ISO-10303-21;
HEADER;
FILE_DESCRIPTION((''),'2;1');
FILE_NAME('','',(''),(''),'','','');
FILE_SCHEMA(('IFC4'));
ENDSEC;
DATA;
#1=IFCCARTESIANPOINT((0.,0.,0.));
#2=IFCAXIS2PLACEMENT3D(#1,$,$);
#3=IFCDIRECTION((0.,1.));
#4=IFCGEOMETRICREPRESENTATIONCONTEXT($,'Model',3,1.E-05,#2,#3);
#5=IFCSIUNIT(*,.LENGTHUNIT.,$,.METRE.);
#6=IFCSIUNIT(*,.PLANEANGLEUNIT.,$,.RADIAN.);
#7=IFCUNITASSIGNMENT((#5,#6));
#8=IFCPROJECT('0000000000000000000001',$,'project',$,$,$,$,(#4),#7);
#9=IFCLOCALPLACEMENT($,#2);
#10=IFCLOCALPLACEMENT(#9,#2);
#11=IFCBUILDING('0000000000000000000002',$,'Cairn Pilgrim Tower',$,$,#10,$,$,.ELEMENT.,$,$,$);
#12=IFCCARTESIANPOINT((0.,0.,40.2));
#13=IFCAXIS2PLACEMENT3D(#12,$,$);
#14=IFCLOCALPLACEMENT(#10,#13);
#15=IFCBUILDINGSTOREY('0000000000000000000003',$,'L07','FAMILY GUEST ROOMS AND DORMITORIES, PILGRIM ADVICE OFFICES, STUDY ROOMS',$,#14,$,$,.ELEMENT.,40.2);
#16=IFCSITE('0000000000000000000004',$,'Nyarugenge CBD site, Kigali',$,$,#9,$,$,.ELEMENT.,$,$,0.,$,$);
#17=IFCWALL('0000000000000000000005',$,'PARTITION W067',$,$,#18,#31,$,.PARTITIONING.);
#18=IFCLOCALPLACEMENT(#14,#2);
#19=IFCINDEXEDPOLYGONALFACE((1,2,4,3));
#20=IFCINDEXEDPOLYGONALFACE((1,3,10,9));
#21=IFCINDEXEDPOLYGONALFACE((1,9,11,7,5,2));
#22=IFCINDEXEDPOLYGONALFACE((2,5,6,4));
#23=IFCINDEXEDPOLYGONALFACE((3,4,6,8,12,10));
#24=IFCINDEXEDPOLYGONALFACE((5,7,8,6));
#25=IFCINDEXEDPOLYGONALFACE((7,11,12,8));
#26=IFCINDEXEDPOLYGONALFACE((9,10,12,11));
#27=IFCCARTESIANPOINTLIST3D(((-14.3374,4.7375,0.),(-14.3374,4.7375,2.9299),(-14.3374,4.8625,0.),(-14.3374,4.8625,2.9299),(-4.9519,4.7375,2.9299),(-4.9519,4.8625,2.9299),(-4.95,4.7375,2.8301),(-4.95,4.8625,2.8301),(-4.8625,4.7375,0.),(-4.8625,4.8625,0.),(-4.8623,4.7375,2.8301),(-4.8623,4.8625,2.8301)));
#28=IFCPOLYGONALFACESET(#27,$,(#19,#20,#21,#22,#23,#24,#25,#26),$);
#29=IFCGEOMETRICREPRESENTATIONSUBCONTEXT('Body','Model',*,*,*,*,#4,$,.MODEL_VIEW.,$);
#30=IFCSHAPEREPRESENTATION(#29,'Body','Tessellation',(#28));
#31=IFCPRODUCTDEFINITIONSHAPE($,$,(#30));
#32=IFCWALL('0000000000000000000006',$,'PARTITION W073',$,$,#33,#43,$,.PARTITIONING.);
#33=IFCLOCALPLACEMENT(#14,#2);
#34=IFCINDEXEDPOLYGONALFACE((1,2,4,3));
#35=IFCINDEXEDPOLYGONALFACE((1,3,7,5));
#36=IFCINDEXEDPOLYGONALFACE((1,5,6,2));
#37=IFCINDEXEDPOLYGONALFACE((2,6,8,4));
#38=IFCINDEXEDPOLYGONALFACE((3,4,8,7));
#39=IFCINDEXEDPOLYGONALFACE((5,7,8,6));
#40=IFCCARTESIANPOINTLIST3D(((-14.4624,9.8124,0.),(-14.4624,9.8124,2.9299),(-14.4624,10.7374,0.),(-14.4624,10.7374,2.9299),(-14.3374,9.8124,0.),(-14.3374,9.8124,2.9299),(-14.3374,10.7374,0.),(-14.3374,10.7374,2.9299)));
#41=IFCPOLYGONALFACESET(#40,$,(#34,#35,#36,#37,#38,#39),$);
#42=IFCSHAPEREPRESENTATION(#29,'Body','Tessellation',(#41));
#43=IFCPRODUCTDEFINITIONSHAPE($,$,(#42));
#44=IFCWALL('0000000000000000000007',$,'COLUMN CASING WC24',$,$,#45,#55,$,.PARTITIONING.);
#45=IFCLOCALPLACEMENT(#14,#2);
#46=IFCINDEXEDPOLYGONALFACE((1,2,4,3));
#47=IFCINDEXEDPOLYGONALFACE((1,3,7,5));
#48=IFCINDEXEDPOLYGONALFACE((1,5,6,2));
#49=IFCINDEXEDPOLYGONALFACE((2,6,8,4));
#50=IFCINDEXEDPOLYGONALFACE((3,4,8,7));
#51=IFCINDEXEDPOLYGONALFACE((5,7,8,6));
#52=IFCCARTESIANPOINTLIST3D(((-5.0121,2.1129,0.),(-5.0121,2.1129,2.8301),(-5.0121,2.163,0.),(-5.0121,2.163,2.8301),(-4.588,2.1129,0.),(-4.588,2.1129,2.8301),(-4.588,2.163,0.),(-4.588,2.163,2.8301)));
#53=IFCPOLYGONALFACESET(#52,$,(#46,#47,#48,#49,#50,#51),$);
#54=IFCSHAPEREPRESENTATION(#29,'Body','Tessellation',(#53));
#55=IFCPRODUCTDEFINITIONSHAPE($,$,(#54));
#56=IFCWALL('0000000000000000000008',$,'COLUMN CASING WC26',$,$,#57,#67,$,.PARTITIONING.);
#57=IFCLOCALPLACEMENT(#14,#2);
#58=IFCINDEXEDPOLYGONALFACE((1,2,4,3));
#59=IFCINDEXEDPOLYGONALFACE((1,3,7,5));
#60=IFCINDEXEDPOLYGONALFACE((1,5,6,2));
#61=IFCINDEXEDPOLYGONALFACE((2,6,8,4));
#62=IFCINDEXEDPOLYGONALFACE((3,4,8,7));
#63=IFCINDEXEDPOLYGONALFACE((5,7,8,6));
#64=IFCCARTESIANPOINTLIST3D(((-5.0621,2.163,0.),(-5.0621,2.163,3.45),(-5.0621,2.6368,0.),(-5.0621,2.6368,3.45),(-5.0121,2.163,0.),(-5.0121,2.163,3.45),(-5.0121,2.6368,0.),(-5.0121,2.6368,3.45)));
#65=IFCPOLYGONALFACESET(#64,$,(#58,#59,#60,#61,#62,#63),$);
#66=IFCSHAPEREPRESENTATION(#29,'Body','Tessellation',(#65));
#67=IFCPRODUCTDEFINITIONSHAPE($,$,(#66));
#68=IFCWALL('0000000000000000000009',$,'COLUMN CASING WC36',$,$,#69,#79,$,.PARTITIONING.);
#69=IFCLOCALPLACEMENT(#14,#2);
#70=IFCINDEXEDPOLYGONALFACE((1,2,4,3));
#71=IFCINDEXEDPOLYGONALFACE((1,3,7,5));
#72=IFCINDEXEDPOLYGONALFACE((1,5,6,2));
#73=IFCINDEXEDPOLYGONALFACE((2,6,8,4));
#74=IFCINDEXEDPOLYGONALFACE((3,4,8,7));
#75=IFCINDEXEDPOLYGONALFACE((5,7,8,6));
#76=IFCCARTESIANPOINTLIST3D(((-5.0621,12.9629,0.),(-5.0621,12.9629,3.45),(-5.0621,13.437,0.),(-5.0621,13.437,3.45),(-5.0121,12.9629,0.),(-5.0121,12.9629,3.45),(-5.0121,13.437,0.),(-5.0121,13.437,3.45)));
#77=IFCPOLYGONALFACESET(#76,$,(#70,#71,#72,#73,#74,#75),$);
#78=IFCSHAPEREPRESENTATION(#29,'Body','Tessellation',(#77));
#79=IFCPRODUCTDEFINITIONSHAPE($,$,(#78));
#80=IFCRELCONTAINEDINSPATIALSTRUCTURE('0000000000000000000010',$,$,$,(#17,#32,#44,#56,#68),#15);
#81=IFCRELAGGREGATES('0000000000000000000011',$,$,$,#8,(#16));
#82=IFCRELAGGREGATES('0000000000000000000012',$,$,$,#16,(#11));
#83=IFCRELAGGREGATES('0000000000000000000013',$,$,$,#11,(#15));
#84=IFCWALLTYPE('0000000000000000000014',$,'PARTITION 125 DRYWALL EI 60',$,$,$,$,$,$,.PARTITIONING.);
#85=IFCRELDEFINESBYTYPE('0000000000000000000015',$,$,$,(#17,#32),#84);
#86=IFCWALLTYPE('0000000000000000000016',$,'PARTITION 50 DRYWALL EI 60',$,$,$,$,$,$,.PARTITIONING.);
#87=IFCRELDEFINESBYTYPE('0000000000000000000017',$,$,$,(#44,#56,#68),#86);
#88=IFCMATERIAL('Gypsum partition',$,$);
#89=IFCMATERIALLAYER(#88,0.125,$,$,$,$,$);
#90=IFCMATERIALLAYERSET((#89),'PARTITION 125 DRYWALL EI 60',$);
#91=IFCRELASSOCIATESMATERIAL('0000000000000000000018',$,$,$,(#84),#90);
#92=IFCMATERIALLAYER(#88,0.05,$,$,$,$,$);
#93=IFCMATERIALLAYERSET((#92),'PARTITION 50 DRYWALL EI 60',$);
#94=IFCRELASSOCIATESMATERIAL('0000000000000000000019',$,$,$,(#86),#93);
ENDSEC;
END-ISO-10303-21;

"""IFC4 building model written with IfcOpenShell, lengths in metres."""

from ifc_helpers import new_model, si_unit, direction, frame, frame_2d, origin, place, context, subcontext, project, spatial, polyline, rectangle, outline, extrude, material, layer, layer_set, type_object, element, save


model = new_model("IFC4")

# Units and contexts
model_context = context("Model", 3, precision=1e-05, world=origin(), true_north=direction((0.0, 1.0)))
body_context = subcontext(model_context, "Body", "Model", "MODEL_VIEW")
ifc_project = project(units=[si_unit("LENGTHUNIT", "METRE"), si_unit("PLANEANGLEUNIT", "RADIAN")], contexts=[model_context])

# Site, building, storey
site_placement = place(None, origin())
site = spatial("IfcSite", under=ifc_project, at=site_placement, Name="Nyarugenge CBD site, Kigali", CompositionType="ELEMENT", RefElevation=0.0)
building_placement = place(site_placement, origin())
building = spatial("IfcBuilding", under=site, at=building_placement, Name="Cairn Pilgrim Tower", CompositionType="ELEMENT")
storey_placement = place(building_placement, frame((0.0, 0.0, 40.2)))
storey = spatial("IfcBuildingStorey", under=building, at=storey_placement, Name="L07", Description="FAMILY GUEST ROOMS AND DORMITORIES, PILGRIM ADVICE OFFICES, STUDY ROOMS", CompositionType="ELEMENT", Elevation=40.2)

# Shared definitions
ifc_material_1 = material(Name="Gypsum partition")
ifc_layer_1 = layer(ifc_material_1, 0.125)
ifc_layer_set_1 = layer_set([ifc_layer_1], Name="PARTITION 125 DRYWALL EI 60")
wall_type_1 = type_object("IfcWallType", Name="PARTITION 125 DRYWALL EI 60", PredefinedType="PARTITIONING", material=ifc_layer_set_1)

# Walls
wall_1_placement = place(storey_placement, frame((-14.3374, 4.8, 0.0), z_axis=(0.0, 0.0, 1.0), x_axis=(1.0, 0.0, 0.0)))
element("IfcWall", 1, at=wall_1_placement, inside=storey, type_object=wall_type_1, Name="PARTITION W067", PredefinedType="PARTITIONING", context=body_context, shape_type="SweptSolid", body=[
    extrude(outline(polyline([(0.0, 0.0), (9.4749, 0.0), (9.4751, 2.8301), (9.3875, 2.8301), (9.3855, 2.9299), (0.0, 2.9299), (0.0, 0.0)])), frame((0.0, 0.0625, 0.0), z_axis=(0.0, -1.0, 0.0), x_axis=(1.0, 0.0, 0.0)), (0.0, 0.0, 1.0), 0.125),
])
wall_2_placement = place(storey_placement, frame((-14.3999, 9.8125, 0.0), z_axis=(0.0, 0.0, 1.0), x_axis=(0.0, 1.0, 0.0)))
element("IfcWall", 2, at=wall_2_placement, inside=storey, type_object=wall_type_1, Name="PARTITION W073", PredefinedType="PARTITIONING", context=body_context, shape_type="SweptSolid", body=[
    extrude(rectangle(XDim=0.925, YDim=0.125, at=frame_2d((0.4624, 0.0))), origin(), (0.0, 0.0, 1.0), 2.9299),
])
ifc_layer_2 = layer(ifc_material_1, 0.05)
ifc_layer_set_2 = layer_set([ifc_layer_2], Name="PARTITION 50 DRYWALL EI 60")
wall_type_2 = type_object("IfcWallType", Name="PARTITION 50 DRYWALL EI 60", PredefinedType="PARTITIONING", material=ifc_layer_set_2)
wall_3_placement = place(storey_placement, frame((-5.012, 2.1379, 0.0), z_axis=(0.0, 0.0, 1.0), x_axis=(1.0, 0.0, 0.0)))
element("IfcWall", 3, at=wall_3_placement, inside=storey, type_object=wall_type_2, Name="COLUMN CASING WC24", PredefinedType="PARTITIONING", context=body_context, shape_type="SweptSolid", body=[
    extrude(rectangle(XDim=0.4241, YDim=0.05, at=frame_2d((0.2119, 0.0))), origin(), (0.0, 0.0, 1.0), 2.8301),
])
wall_4_placement = place(storey_placement, frame((-5.0371, 2.1631, 0.0), z_axis=(0.0, 0.0, 1.0), x_axis=(0.0, 1.0, 0.0)))
element("IfcWall", 4, at=wall_4_placement, inside=storey, type_object=wall_type_2, Name="COLUMN CASING WC26", PredefinedType="PARTITIONING", context=body_context, shape_type="SweptSolid", body=[
    extrude(rectangle(XDim=0.4739, YDim=0.05, at=frame_2d((0.2368, 0.0))), origin(), (0.0, 0.0, 1.0), 3.45),
])
wall_5_placement = place(storey_placement, frame((-5.0371, 12.9629, 0.0), z_axis=(0.0, 0.0, 1.0), x_axis=(0.0, 1.0, 0.0)))
element("IfcWall", 5, at=wall_5_placement, inside=storey, type_object=wall_type_2, Name="COLUMN CASING WC36", PredefinedType="PARTITIONING", context=body_context, shape_type="SweptSolid", body=[
    extrude(rectangle(XDim=0.4741, YDim=0.05, at=frame_2d((0.2371, 0.0))), origin(), (0.0, 0.0, 1.0), 3.45),
])

save(model, "model.ifc")
